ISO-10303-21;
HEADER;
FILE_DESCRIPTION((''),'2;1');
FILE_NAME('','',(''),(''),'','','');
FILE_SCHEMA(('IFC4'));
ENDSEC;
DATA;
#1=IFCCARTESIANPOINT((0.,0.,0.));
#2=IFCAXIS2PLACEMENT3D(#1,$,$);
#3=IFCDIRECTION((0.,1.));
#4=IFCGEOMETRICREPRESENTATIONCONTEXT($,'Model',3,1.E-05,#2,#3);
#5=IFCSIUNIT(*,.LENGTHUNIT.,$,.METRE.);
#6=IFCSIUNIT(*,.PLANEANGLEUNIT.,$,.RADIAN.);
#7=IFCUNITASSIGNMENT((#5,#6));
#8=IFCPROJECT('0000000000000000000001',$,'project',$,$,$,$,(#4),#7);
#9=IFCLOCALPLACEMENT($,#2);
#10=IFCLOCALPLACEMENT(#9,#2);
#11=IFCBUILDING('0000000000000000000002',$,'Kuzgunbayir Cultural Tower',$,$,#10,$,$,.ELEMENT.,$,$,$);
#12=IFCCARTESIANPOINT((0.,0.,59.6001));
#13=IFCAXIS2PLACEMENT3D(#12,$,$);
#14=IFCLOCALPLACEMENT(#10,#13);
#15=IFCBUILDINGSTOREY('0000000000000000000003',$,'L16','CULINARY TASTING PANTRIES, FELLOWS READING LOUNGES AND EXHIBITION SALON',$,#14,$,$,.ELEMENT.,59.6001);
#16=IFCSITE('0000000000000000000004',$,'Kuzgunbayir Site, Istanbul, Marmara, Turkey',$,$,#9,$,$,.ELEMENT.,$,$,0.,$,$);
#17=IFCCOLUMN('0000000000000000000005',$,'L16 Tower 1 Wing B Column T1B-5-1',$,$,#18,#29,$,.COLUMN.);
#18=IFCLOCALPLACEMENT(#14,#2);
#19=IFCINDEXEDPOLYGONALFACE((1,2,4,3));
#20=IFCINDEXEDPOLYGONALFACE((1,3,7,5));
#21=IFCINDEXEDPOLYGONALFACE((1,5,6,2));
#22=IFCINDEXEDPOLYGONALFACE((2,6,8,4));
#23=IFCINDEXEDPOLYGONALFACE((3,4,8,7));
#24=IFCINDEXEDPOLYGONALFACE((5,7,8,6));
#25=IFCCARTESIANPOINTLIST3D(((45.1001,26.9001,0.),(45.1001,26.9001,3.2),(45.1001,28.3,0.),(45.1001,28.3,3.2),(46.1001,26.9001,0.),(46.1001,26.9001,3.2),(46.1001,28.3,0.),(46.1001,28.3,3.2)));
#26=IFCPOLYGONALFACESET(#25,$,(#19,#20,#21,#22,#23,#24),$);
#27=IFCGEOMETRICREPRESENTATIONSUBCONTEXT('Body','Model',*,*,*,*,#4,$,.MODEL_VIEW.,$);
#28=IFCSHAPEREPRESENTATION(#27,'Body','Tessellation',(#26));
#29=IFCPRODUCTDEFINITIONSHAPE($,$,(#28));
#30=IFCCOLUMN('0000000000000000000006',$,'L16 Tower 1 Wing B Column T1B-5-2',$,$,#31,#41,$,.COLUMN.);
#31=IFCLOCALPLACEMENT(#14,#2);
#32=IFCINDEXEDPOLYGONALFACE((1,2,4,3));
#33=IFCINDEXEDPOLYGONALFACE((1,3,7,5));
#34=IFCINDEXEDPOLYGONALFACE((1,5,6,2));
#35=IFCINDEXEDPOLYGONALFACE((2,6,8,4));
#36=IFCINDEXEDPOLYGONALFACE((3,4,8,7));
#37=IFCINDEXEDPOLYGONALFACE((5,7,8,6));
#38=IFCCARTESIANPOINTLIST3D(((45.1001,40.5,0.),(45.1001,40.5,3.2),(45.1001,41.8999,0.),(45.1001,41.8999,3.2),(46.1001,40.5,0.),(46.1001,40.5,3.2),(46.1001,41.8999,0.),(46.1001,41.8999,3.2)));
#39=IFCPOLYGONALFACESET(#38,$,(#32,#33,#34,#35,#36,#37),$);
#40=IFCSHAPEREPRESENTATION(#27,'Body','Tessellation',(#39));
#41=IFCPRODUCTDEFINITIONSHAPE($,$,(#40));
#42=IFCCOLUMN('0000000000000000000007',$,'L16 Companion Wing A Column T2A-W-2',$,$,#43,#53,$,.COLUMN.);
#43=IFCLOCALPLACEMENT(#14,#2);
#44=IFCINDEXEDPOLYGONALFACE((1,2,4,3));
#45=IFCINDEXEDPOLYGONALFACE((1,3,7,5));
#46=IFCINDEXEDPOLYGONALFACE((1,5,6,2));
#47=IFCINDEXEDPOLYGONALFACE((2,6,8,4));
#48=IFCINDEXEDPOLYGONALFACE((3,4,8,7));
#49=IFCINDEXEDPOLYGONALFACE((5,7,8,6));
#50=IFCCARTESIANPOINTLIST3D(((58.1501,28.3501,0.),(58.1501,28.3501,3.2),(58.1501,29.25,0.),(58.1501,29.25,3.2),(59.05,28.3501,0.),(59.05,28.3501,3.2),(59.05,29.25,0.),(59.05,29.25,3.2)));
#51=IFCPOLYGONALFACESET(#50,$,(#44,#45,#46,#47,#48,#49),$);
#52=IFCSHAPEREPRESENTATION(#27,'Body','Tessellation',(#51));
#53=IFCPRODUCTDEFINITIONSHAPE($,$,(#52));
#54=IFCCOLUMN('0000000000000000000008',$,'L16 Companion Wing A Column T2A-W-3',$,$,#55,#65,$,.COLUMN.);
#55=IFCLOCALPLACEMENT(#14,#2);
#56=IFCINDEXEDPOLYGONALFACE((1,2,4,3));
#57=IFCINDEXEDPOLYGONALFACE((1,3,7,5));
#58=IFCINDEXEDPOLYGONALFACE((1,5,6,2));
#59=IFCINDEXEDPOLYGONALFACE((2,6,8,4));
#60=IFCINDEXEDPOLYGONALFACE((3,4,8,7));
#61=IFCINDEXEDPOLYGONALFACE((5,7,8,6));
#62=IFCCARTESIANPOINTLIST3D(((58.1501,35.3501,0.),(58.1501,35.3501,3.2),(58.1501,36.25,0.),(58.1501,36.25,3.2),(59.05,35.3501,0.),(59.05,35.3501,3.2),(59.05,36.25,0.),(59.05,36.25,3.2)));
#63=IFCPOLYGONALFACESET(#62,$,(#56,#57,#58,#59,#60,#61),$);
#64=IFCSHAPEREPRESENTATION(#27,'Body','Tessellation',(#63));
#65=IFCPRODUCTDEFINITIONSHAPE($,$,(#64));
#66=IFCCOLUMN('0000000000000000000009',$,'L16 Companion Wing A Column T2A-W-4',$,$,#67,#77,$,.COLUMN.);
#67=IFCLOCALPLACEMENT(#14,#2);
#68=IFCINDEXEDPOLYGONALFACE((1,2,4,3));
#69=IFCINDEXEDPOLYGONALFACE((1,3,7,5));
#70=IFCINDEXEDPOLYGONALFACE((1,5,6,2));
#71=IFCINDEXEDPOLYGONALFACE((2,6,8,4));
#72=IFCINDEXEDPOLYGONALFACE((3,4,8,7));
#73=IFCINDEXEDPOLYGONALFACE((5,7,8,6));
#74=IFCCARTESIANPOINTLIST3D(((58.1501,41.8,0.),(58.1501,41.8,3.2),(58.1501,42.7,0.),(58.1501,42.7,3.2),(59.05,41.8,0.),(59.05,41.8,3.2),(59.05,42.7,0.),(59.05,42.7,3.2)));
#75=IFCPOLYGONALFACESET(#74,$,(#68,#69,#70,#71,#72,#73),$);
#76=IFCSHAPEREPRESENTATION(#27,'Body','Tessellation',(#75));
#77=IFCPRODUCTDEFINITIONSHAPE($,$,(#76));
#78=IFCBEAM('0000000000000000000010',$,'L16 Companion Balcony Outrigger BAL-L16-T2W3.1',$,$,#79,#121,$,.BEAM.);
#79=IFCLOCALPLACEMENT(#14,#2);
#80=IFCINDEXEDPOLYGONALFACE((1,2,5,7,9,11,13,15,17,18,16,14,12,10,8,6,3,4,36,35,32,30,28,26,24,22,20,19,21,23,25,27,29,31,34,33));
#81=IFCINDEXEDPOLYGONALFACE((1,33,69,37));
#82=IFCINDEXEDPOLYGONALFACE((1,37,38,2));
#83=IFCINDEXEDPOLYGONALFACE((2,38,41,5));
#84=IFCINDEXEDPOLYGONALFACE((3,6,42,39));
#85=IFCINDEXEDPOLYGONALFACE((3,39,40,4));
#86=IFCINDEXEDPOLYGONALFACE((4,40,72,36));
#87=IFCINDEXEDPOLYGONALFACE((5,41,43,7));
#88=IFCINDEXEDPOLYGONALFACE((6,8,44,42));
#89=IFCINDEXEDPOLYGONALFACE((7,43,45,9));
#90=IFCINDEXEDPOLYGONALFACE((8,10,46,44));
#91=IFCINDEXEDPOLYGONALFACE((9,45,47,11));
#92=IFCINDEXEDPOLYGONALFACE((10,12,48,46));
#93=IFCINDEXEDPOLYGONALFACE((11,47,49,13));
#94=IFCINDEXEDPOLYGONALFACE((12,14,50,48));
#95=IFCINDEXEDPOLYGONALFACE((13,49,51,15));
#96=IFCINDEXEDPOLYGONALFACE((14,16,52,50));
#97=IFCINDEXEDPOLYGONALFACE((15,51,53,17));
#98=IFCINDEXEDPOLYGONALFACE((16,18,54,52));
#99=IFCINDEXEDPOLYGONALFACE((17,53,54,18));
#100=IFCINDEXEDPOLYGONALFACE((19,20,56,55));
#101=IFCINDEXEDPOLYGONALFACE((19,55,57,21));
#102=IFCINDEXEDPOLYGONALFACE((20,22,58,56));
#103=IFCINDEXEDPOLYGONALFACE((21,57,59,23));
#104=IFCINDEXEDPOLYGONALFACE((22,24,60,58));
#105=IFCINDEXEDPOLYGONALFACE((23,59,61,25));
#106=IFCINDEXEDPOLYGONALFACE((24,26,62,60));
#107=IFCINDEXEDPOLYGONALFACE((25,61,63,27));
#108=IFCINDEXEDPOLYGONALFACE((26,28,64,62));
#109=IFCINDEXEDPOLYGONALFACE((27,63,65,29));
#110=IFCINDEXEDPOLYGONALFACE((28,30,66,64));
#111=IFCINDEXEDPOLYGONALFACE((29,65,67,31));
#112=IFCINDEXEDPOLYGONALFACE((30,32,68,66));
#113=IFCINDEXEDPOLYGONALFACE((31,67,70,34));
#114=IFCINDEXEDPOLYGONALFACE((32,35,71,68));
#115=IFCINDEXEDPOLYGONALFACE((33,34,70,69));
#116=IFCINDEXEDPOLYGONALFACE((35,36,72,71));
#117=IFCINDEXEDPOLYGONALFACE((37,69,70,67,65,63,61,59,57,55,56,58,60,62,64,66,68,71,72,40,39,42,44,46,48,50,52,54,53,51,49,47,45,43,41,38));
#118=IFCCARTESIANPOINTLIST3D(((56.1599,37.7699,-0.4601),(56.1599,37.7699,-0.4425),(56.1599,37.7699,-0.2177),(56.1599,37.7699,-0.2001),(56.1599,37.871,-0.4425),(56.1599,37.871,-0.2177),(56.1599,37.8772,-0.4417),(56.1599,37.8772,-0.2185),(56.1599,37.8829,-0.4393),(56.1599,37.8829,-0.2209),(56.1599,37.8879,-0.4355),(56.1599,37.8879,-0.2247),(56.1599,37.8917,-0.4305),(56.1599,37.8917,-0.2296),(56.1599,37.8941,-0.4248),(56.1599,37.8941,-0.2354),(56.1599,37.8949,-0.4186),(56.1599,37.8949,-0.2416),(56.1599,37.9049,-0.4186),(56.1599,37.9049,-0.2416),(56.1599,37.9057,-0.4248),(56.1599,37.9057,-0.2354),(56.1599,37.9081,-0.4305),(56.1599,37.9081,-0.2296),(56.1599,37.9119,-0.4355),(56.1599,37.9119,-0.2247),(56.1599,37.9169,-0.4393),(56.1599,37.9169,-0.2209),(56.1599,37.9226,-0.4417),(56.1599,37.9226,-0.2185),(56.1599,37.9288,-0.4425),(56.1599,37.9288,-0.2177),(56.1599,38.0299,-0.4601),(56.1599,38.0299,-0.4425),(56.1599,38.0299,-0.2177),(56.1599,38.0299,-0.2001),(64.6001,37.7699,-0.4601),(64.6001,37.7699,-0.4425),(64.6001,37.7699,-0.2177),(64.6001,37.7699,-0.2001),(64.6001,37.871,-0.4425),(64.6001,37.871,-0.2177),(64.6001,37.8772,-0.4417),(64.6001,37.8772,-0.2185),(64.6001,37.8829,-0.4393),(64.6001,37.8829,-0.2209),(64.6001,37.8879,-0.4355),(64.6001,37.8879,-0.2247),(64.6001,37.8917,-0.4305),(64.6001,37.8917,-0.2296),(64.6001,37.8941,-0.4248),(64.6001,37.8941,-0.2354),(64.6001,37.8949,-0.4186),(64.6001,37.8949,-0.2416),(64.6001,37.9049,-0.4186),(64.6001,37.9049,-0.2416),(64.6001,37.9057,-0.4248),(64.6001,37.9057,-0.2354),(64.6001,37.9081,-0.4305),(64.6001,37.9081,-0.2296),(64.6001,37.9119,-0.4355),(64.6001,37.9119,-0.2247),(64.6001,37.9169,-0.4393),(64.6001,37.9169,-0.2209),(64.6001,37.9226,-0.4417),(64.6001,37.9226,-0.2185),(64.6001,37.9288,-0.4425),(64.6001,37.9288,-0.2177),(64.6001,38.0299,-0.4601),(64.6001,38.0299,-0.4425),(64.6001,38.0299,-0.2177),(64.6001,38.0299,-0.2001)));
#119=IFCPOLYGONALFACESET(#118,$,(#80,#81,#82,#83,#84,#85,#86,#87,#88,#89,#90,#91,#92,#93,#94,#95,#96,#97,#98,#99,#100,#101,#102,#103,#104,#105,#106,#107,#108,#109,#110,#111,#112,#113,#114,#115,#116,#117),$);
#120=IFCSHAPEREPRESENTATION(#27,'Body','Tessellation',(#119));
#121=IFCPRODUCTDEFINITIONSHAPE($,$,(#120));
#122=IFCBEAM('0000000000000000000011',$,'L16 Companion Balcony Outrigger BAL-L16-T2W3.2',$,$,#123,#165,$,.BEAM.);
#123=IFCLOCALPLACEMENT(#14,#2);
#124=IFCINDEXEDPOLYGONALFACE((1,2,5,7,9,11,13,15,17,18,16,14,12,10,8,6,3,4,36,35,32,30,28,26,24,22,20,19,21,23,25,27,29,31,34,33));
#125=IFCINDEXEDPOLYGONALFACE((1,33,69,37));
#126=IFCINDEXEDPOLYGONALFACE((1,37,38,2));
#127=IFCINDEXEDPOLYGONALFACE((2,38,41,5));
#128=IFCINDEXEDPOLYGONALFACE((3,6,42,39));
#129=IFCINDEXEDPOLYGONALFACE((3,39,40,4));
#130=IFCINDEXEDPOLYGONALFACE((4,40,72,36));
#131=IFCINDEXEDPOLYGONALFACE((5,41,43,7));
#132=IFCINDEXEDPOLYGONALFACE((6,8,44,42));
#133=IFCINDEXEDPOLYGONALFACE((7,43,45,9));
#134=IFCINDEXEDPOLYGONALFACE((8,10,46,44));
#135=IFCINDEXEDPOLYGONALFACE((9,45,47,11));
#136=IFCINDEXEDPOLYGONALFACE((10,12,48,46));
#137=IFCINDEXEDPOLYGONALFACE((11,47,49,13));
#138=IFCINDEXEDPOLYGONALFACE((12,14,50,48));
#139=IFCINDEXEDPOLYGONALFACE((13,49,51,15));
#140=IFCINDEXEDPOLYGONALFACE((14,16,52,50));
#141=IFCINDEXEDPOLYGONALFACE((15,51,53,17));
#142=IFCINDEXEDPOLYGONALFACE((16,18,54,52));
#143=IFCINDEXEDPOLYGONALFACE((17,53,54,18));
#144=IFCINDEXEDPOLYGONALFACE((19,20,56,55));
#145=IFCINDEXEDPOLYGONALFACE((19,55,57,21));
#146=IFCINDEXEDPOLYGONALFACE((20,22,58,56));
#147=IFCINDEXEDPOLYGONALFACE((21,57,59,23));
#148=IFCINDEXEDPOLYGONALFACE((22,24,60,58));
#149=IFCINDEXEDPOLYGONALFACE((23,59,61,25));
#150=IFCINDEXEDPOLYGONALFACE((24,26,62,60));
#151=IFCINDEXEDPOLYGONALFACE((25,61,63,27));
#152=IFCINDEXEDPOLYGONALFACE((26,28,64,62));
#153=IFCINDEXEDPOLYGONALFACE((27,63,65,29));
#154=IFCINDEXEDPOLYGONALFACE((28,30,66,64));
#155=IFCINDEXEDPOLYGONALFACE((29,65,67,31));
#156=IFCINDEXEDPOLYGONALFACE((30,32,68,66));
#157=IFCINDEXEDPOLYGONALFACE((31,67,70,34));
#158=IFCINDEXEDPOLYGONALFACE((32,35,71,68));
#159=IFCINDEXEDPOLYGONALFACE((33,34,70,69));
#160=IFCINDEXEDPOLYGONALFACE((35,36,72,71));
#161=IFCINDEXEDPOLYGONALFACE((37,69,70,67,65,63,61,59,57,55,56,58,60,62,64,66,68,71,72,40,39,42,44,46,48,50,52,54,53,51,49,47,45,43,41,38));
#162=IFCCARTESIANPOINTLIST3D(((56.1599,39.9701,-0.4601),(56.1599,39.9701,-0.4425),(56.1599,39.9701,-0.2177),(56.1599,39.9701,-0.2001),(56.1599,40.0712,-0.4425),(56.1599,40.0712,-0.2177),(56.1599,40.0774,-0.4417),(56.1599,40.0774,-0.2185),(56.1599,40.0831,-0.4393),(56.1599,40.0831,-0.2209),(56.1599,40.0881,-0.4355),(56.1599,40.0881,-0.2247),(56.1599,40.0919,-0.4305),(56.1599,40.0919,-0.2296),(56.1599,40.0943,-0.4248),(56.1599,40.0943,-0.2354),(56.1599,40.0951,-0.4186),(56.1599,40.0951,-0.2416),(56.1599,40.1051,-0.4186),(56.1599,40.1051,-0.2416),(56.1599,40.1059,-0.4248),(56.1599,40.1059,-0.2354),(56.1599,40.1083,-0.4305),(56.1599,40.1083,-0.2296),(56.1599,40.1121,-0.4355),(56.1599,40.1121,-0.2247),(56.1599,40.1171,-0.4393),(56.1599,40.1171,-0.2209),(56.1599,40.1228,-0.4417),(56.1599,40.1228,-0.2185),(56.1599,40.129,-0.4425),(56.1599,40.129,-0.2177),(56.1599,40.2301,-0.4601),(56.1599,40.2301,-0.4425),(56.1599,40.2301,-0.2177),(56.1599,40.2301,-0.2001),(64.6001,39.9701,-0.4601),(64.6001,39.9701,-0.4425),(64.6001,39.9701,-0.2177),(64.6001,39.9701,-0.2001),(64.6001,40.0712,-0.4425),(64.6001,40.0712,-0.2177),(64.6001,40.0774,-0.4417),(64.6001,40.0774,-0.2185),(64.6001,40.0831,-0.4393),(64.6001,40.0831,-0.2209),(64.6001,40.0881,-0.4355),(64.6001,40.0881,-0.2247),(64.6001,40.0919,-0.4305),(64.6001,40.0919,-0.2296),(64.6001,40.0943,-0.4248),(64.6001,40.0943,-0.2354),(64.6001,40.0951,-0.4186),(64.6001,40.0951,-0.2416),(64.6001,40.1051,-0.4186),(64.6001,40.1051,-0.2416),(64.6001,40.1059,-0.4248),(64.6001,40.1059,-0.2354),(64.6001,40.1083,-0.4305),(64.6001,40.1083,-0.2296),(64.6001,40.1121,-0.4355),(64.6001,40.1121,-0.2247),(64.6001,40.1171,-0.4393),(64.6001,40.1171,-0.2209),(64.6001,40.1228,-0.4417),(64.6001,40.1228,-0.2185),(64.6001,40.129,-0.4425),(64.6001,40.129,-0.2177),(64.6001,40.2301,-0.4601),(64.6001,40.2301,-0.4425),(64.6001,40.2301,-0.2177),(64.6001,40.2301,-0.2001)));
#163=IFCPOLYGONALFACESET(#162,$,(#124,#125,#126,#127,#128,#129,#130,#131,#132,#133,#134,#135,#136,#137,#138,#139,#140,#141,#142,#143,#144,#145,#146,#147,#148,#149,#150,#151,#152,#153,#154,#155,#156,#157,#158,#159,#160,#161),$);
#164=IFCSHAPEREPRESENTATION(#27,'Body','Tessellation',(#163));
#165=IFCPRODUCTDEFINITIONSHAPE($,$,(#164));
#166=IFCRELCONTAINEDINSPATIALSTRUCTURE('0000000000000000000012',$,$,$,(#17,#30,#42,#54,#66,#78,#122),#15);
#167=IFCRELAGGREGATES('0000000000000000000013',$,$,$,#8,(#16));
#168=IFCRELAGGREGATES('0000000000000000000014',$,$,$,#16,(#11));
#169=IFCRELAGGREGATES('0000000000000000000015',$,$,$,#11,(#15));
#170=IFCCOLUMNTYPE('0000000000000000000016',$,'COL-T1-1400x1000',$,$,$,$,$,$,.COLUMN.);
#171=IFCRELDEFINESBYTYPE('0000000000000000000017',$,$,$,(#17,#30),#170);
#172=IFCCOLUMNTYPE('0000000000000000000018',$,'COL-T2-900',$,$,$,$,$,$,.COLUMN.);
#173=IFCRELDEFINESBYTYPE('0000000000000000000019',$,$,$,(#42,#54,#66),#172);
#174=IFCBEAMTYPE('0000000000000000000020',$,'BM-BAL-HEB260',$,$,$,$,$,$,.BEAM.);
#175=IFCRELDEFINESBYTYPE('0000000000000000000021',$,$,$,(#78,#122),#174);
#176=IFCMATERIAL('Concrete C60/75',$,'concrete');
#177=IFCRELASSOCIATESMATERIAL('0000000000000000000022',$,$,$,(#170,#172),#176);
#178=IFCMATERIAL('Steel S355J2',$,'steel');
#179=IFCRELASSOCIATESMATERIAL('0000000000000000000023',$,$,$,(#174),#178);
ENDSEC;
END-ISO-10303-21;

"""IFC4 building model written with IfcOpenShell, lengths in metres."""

from ifc_helpers import new_model, si_unit, direction, frame, origin, origin_2d, place, context, subcontext, project, spatial, rectangle, i_section, extrude, material, material_profile, profile_set, type_object, element, save


model = new_model("IFC4")

# Units and contexts
model_context = context("Model", 3, precision=1e-05, world=origin(), true_north=direction((0.0, 1.0)))
body_context = subcontext(model_context, "Body", "Model", "MODEL_VIEW")
ifc_project = project(units=[si_unit("LENGTHUNIT", "METRE"), si_unit("PLANEANGLEUNIT", "RADIAN")], contexts=[model_context])

# Site, building, storey
site_placement = place(None, origin())
site = spatial("IfcSite", under=ifc_project, at=site_placement, Name="Kuzgunbayir Site, Istanbul, Marmara, Turkey", CompositionType="ELEMENT", RefElevation=0.0)
building_placement = place(site_placement, origin())
building = spatial("IfcBuilding", under=site, at=building_placement, Name="Kuzgunbayir Cultural Tower", CompositionType="ELEMENT")
storey_placement = place(building_placement, frame((0.0, 0.0, 59.6001)))
storey = spatial("IfcBuildingStorey", under=building, at=storey_placement, Name="L16", Description="CULINARY TASTING PANTRIES, FELLOWS READING LOUNGES AND EXHIBITION SALON", CompositionType="ELEMENT", Elevation=59.6001)

# Columns
ifc_material_1 = material(Name="Concrete C60/75", Category="concrete")
ifc_material_profile_1 = material_profile(ifc_material_1, rectangle(XDim=1.0, YDim=1.3999, at=origin_2d()), Name="RC 1400x1000")
ifc_profile_set_1 = profile_set([ifc_material_profile_1], Name="Concrete C60/75")
column_type_1 = type_object("IfcColumnType", Name="COL-T1-1400x1000", PredefinedType="COLUMN", material=ifc_profile_set_1)
for number, where, z_axis, x_axis, name in (
    (1, (45.6001, 27.6001, 0.0), (0.0, 0.0, 1.0), (1.0, 0.0, 0.0), "L16 Tower 1 Wing B Column T1B-5-1"),
    (2, (45.6001, 41.2, 0.0), (0.0, 0.0, 1.0), (1.0, 0.0, 0.0), "L16 Tower 1 Wing B Column T1B-5-2"),
):
    element("IfcColumn", number, at=place(storey_placement, frame(where, z_axis=z_axis, x_axis=x_axis)), inside=storey, type_object=column_type_1, Name=name, PredefinedType="COLUMN", context=body_context, shape_type="SweptSolid", body=[
        extrude(rectangle(XDim=1.0, YDim=1.3999, at=origin_2d()), origin(), (0.0, 0.0, 1.0), 3.2),
    ])
ifc_material_profile_2 = material_profile(ifc_material_1, rectangle(XDim=0.8999, YDim=0.8999, at=origin_2d()), Name="RC 900x900")
ifc_profile_set_2 = profile_set([ifc_material_profile_2], Name="Concrete C60/75")
column_type_2 = type_object("IfcColumnType", Name="COL-T2-900", PredefinedType="COLUMN", material=ifc_profile_set_2)
for number, where, z_axis, x_axis, name in (
    (3, (58.6001, 28.8, 0.0), (0.0, 0.0, 1.0), (1.0, 0.0, 0.0), "L16 Companion Wing A Column T2A-W-2"),
    (4, (58.6001, 35.8, 0.0), (0.0, 0.0, 1.0), (1.0, 0.0, 0.0), "L16 Companion Wing A Column T2A-W-3"),
    (5, (58.6001, 42.25, 0.0), (0.0, 0.0, 1.0), (1.0, 0.0, 0.0), "L16 Companion Wing A Column T2A-W-4"),
):
    element("IfcColumn", number, at=place(storey_placement, frame(where, z_axis=z_axis, x_axis=x_axis)), inside=storey, type_object=column_type_2, Name=name, PredefinedType="COLUMN", context=body_context, shape_type="SweptSolid", body=[
        extrude(rectangle(XDim=0.8999, YDim=0.8999, at=origin_2d()), origin(), (0.0, 0.0, 1.0), 3.2),
    ])

# Beams
ifc_material_2 = material(Name="Steel S355J2", Category="steel")
ifc_material_profile_3 = material_profile(ifc_material_2, i_section(OverallWidth=0.26, OverallDepth=0.26, WebThickness=0.01, FlangeThickness=0.0176, FilletRadius=0.0239, at=origin_2d()), Name="HEB 260")
ifc_profile_set_3 = profile_set([ifc_material_profile_3], Name="Steel S355J2")
beam_type_1 = type_object("IfcBeamType", Name="BM-BAL-HEB260", PredefinedType="BEAM", material=ifc_profile_set_3)
for number, where, z_axis, x_axis, name in (
    (6, (56.1599, 37.8999, -0.3301), (1.0, 0.0, 0.0), (0.0, 1.0, 0.0), "L16 Companion Balcony Outrigger BAL-L16-T2W3.1"),
    (7, (56.1599, 40.1001, -0.3301), (1.0, 0.0, 0.0), (0.0, 1.0, 0.0), "L16 Companion Balcony Outrigger BAL-L16-T2W3.2"),
):
    element("IfcBeam", number, at=place(storey_placement, frame(where, z_axis=z_axis, x_axis=x_axis)), inside=storey, type_object=beam_type_1, Name=name, PredefinedType="BEAM", context=body_context, shape_type="SweptSolid", body=[
        extrude(i_section(OverallWidth=0.26, OverallDepth=0.26, WebThickness=0.01, FlangeThickness=0.0176, FilletRadius=0.0239, at=origin_2d()), origin(), (0.0, 0.0, 1.0), 8.4402),
    ])

save(model, "model.ifc")
